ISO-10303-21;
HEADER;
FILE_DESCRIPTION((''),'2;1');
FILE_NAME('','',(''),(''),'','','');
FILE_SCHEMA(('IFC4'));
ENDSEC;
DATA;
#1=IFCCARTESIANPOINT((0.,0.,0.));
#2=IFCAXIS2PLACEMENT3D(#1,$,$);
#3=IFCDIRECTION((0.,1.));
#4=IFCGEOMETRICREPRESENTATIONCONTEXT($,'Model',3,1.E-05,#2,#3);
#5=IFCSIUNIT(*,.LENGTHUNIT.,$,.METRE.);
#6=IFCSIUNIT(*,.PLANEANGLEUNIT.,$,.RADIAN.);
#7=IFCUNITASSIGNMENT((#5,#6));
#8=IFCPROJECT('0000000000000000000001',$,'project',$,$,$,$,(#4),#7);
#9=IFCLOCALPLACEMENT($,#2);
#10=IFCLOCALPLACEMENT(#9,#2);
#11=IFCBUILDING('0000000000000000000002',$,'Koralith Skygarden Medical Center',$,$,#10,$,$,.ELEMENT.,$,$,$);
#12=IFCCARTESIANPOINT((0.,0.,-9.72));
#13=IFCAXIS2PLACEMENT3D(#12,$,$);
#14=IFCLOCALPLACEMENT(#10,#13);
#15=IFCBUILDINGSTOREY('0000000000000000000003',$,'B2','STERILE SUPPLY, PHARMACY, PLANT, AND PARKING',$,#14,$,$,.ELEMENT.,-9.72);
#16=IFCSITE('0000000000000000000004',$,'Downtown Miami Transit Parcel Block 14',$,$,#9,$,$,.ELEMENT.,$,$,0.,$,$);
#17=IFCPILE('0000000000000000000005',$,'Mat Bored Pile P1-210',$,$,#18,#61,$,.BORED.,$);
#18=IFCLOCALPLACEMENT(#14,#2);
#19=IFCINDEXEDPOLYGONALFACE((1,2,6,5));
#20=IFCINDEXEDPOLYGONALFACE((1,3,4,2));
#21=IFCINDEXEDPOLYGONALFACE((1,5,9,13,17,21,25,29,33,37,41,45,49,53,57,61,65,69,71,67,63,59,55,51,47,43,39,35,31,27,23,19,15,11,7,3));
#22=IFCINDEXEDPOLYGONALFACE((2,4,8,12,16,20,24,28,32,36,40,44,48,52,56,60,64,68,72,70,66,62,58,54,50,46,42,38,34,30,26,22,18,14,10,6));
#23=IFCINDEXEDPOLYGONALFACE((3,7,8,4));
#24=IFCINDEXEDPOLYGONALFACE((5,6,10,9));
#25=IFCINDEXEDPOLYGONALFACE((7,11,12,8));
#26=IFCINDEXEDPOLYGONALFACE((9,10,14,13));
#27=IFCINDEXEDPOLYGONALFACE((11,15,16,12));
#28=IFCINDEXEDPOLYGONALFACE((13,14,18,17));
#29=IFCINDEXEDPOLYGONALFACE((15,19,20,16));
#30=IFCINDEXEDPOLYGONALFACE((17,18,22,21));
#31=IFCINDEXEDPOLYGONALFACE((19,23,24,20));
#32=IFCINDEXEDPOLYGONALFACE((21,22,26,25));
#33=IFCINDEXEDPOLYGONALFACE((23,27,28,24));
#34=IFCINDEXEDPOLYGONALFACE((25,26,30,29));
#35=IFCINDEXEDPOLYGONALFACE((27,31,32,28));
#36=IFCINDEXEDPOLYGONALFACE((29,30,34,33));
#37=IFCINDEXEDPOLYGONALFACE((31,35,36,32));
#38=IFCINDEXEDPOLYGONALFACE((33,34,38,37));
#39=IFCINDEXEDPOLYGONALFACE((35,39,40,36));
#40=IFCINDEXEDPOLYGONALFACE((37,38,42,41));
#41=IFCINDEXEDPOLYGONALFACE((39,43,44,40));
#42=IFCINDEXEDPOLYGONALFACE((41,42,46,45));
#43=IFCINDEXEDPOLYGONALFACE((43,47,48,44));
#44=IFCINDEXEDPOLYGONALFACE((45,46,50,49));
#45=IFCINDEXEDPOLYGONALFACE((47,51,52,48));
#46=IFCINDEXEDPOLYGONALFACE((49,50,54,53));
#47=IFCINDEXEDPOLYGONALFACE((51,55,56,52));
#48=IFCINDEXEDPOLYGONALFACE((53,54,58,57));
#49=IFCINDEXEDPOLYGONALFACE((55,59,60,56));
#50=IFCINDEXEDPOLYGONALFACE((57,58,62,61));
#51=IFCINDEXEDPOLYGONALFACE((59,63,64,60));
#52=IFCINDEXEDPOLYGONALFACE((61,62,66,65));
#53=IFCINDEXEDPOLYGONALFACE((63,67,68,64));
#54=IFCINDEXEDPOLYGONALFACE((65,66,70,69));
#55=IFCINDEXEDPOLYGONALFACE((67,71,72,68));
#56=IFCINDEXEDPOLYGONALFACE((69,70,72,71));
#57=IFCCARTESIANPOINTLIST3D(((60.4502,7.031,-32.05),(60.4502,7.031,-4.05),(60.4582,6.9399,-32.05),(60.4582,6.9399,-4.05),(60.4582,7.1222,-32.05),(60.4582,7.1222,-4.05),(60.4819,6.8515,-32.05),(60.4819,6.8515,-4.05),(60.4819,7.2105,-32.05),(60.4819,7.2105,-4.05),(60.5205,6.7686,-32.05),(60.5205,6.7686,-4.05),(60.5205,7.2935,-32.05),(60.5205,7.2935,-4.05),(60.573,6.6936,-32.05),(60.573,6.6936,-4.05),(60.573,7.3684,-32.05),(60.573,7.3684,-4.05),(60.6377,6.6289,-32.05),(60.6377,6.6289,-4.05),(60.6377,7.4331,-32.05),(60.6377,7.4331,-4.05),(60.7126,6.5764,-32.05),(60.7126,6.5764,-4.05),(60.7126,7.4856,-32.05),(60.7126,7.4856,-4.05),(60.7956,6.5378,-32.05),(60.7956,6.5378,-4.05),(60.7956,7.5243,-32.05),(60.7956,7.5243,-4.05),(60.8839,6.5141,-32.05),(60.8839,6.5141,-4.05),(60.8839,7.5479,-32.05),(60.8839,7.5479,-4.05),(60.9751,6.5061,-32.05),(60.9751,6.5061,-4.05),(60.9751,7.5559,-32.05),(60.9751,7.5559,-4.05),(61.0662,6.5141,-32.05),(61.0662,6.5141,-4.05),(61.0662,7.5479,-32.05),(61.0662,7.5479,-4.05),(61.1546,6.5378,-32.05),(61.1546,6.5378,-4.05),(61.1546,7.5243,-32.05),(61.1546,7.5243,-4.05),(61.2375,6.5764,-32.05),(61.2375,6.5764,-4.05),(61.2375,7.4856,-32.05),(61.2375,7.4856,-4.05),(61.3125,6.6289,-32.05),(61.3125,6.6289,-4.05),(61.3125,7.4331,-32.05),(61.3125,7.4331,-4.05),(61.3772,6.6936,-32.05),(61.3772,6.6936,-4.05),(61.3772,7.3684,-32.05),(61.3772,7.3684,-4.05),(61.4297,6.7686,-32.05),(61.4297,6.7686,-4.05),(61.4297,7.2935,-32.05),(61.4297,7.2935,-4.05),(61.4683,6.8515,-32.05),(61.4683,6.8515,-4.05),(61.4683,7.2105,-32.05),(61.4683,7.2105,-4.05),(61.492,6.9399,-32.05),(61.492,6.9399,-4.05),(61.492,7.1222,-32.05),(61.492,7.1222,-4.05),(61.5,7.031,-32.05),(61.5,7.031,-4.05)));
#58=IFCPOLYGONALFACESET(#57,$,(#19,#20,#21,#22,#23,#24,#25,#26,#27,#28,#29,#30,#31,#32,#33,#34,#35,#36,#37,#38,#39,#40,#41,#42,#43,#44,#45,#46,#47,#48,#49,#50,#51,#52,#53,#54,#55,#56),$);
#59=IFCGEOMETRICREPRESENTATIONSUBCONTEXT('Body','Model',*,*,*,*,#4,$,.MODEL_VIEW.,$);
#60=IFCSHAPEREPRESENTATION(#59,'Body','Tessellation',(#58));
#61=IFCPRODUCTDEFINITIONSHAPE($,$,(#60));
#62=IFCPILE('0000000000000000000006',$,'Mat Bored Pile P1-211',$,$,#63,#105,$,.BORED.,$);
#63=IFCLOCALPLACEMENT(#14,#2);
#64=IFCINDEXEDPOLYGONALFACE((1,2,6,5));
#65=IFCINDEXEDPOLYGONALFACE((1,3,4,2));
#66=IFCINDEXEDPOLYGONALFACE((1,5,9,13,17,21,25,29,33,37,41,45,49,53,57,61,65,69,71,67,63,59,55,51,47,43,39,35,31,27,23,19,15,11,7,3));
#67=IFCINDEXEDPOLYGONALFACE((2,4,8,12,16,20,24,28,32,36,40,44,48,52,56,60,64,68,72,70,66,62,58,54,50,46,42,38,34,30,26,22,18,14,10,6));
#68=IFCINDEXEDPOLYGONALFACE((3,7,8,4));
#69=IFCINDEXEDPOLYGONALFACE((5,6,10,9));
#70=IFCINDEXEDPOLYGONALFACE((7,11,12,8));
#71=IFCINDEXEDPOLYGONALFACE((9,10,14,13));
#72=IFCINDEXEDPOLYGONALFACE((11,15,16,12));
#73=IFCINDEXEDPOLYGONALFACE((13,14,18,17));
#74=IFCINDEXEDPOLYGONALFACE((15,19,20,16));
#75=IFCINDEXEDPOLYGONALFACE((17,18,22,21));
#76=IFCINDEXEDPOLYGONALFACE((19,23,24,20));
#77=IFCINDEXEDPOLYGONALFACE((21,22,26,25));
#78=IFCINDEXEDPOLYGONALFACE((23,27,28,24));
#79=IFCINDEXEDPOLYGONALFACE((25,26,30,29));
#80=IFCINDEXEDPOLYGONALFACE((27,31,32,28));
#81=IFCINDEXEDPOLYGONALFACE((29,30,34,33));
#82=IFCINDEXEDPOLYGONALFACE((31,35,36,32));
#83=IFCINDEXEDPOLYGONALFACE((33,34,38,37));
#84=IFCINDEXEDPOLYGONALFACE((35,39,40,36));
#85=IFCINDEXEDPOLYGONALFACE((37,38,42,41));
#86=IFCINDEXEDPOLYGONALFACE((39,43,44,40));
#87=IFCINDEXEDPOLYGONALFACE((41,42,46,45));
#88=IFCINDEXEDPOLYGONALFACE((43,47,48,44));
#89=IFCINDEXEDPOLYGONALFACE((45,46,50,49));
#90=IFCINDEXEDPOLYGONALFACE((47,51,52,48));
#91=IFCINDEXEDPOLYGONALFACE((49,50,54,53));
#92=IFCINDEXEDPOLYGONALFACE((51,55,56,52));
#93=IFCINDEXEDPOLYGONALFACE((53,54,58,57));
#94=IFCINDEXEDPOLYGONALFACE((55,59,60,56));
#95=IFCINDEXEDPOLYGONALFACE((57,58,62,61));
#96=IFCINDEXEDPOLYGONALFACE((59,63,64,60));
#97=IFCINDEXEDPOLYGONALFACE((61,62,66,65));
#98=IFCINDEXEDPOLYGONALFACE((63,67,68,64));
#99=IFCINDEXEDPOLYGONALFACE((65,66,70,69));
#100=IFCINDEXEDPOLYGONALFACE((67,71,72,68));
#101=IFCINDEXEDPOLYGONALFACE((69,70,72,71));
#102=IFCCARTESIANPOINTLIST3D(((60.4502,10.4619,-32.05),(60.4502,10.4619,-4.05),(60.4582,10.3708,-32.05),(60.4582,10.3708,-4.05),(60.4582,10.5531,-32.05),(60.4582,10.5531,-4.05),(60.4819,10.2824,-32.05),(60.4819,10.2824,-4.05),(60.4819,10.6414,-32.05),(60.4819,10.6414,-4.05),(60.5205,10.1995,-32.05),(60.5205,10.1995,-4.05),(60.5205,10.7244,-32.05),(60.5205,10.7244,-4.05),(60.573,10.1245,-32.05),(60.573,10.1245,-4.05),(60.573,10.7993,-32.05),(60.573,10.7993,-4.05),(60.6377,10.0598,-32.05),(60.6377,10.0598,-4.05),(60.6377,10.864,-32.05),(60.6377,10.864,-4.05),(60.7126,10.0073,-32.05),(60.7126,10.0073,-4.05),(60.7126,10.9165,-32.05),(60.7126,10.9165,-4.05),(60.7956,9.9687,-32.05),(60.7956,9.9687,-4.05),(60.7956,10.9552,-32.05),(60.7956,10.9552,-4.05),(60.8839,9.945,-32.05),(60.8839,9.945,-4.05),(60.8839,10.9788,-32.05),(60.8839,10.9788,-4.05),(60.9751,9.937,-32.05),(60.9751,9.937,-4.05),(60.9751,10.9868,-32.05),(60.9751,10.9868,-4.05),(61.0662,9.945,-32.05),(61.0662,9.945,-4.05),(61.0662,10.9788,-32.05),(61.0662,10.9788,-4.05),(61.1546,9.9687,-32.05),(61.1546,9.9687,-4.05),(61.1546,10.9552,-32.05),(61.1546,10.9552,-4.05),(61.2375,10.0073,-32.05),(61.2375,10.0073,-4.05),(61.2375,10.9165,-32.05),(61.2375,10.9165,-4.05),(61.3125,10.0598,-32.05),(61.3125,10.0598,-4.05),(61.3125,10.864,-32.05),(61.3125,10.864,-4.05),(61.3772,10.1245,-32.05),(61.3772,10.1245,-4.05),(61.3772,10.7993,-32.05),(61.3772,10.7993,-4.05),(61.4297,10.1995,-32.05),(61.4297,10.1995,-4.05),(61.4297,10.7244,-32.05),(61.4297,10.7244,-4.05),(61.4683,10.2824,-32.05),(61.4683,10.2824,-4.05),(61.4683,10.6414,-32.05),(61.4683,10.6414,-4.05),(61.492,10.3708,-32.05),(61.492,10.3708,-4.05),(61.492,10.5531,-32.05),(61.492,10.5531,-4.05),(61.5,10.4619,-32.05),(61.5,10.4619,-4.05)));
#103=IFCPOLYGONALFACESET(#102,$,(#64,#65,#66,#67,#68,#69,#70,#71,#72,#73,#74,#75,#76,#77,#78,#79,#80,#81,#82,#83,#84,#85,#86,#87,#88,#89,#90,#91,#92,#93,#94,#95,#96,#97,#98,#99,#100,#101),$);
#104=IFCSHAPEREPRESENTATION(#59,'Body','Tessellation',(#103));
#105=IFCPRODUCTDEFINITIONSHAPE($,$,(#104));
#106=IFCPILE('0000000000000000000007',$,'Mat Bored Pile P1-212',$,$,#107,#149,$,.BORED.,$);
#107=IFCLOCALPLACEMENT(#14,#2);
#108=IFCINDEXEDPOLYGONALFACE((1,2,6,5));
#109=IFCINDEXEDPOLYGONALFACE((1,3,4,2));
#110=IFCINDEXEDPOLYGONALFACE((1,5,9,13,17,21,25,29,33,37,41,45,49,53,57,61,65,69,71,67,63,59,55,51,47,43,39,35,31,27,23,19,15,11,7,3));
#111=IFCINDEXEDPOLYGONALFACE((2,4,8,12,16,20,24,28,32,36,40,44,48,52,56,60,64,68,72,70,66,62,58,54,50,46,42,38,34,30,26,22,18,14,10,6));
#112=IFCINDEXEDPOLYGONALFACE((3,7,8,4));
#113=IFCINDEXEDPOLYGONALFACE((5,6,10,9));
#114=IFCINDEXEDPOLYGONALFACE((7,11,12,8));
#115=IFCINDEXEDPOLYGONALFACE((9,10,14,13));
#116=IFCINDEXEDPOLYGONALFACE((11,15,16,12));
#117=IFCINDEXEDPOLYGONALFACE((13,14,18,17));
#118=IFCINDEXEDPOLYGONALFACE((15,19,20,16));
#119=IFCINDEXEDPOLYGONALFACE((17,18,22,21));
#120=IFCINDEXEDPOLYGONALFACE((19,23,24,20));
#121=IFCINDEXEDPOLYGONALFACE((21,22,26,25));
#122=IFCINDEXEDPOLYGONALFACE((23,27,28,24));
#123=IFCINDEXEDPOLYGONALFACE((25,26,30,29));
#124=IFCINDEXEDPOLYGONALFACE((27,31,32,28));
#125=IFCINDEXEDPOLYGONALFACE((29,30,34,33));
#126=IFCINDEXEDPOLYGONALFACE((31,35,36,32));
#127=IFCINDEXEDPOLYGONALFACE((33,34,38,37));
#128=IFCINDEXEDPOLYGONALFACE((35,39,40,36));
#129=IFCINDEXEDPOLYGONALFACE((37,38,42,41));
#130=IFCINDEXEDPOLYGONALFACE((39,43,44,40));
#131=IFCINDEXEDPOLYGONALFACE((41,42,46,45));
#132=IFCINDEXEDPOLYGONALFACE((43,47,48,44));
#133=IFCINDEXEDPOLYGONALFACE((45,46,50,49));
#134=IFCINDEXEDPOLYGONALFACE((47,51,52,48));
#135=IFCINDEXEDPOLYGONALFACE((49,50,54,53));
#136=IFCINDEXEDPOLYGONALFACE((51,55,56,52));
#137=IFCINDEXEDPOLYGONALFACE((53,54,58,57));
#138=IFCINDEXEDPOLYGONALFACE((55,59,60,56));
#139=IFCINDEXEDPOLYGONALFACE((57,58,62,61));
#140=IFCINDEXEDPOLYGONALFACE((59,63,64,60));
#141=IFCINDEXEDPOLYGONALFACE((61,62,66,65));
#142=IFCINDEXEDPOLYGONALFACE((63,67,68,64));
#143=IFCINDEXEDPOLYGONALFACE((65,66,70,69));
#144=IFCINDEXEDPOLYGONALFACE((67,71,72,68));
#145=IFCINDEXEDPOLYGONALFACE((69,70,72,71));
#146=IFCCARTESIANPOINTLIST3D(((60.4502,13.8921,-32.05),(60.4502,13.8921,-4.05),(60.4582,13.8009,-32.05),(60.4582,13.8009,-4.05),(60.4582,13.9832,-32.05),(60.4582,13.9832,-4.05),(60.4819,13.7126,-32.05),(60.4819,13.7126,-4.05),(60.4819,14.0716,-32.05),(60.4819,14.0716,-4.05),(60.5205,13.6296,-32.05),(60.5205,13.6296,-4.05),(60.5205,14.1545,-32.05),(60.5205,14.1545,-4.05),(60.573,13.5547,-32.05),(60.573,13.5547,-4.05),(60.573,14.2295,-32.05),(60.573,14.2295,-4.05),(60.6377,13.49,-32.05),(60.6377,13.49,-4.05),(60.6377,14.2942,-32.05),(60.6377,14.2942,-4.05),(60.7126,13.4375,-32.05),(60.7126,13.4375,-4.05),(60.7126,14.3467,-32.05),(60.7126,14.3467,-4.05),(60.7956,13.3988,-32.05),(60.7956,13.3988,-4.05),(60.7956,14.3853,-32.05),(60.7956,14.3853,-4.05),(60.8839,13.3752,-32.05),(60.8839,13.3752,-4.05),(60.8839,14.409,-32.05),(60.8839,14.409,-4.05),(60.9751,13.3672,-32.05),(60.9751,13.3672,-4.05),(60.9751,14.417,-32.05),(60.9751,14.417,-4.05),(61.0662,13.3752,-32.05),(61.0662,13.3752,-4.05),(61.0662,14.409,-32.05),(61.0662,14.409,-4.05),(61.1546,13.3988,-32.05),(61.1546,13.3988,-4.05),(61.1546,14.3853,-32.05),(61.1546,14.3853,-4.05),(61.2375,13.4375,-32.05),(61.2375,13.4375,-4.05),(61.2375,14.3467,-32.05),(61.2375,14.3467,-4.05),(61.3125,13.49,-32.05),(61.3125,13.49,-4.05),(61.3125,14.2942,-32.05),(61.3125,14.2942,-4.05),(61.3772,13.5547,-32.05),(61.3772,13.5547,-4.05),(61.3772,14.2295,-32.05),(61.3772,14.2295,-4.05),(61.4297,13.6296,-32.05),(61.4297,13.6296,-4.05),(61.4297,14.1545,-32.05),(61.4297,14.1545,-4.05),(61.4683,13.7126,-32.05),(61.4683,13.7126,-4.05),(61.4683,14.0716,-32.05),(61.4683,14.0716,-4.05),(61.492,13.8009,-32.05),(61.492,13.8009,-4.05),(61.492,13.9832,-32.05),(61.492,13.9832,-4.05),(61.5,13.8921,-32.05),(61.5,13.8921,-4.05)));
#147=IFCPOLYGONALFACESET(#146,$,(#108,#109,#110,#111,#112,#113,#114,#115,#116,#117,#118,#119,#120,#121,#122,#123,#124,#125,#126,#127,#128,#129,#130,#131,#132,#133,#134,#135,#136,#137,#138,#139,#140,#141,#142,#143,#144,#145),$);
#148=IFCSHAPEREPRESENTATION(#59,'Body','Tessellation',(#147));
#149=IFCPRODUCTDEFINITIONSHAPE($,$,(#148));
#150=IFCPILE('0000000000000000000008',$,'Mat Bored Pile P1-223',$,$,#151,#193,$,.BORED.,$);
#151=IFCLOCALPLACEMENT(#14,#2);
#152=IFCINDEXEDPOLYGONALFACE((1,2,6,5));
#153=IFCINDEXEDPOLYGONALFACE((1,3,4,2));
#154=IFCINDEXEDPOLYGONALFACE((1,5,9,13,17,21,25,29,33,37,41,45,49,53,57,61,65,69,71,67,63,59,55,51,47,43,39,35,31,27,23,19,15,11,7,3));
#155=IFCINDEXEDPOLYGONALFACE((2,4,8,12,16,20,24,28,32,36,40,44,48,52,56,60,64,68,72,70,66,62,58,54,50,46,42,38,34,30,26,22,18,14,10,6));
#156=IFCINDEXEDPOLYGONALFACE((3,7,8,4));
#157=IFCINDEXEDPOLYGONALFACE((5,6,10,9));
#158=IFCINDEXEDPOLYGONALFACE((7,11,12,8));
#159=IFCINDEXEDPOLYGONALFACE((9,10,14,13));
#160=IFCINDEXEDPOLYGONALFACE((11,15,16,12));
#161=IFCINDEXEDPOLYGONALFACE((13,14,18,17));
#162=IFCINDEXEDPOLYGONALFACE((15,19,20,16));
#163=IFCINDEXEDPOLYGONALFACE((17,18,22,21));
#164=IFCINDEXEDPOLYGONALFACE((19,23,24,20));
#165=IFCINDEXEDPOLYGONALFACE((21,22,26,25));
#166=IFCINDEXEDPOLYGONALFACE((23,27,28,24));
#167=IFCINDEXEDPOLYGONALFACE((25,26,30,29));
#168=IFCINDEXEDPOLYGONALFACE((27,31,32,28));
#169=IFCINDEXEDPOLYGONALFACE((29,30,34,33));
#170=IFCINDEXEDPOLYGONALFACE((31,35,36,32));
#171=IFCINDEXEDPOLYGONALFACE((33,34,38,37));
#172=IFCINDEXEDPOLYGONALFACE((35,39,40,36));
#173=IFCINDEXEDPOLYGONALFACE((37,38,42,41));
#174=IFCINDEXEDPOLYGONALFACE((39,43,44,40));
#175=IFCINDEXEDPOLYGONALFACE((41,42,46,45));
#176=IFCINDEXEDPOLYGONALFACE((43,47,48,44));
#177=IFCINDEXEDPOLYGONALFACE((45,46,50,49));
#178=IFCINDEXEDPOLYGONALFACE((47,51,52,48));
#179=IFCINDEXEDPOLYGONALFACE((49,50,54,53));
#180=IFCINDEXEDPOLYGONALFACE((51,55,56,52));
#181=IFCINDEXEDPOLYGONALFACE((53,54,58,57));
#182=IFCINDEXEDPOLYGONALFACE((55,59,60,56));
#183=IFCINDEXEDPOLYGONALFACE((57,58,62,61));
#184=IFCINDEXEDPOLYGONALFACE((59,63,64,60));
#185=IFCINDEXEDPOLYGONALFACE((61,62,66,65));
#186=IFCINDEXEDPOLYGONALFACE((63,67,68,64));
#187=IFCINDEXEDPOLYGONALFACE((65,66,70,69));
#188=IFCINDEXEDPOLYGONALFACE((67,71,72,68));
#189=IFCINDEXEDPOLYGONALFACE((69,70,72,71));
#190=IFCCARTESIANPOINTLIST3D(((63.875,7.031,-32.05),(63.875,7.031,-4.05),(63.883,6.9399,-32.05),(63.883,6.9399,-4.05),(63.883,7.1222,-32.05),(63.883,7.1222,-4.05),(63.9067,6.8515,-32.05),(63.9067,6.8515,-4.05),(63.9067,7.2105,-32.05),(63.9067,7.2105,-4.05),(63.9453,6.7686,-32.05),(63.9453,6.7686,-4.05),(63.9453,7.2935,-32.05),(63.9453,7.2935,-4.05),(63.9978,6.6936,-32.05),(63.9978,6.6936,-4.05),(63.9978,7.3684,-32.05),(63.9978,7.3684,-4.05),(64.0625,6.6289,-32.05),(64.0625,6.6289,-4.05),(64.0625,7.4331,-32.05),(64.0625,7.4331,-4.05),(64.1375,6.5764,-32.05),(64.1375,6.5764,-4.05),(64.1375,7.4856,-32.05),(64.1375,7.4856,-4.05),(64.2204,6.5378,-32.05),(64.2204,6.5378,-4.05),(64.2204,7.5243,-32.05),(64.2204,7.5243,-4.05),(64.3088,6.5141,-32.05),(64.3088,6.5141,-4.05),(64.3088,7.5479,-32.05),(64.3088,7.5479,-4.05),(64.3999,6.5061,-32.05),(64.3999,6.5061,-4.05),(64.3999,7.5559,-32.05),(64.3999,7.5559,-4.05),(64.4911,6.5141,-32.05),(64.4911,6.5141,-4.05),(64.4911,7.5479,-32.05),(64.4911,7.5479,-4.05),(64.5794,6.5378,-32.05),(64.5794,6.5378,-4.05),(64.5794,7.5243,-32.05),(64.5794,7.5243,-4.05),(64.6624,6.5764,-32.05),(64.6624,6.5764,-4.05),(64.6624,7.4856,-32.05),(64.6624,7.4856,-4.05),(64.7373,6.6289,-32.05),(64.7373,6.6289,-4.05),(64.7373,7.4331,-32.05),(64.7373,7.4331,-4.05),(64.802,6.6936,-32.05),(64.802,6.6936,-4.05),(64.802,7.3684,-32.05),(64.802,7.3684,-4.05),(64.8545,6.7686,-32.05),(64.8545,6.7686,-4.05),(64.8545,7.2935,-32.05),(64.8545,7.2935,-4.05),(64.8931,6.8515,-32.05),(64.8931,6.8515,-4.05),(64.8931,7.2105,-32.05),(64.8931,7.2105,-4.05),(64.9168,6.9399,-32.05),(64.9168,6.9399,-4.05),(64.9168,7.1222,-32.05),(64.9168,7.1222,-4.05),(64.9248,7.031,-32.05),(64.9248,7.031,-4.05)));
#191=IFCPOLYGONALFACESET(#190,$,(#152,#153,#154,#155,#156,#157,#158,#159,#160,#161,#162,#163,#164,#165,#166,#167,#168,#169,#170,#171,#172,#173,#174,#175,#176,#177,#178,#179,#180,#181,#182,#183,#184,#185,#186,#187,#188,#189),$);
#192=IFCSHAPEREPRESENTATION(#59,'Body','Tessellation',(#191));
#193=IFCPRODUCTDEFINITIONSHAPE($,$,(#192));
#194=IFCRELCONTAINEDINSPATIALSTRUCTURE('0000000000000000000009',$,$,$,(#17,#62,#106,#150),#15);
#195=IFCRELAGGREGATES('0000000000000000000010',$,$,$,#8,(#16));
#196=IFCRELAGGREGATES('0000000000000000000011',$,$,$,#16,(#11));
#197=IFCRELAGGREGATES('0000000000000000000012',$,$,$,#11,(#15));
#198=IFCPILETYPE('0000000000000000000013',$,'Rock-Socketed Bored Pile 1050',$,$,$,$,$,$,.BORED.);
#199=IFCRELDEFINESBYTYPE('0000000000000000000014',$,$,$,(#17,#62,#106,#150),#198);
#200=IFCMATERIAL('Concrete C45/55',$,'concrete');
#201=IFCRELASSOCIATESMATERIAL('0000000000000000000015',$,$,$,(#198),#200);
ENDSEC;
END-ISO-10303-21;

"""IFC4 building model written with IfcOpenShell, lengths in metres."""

from ifc_helpers import new_model, si_unit, direction, frame, origin, origin_2d, place, context, subcontext, project, spatial, circle, extrude, material, material_profile, profile_set, type_object, element, save


model = new_model("IFC4")

# Units and contexts
model_context = context("Model", 3, precision=1e-05, world=origin(), true_north=direction((0.0, 1.0)))
body_context = subcontext(model_context, "Body", "Model", "MODEL_VIEW")
ifc_project = project(units=[si_unit("LENGTHUNIT", "METRE"), si_unit("PLANEANGLEUNIT", "RADIAN")], contexts=[model_context])

# Site, building, storey
site_placement = place(None, origin())
site = spatial("IfcSite", under=ifc_project, at=site_placement, Name="Downtown Miami Transit Parcel Block 14", CompositionType="ELEMENT", RefElevation=0.0)
building_placement = place(site_placement, origin())
building = spatial("IfcBuilding", under=site, at=building_placement, Name="Koralith Skygarden Medical Center", CompositionType="ELEMENT")
storey_placement = place(building_placement, frame((0.0, 0.0, -9.72)))
storey = spatial("IfcBuildingStorey", under=building, at=storey_placement, Name="B2", Description="STERILE SUPPLY, PHARMACY, PLANT, AND PARKING", CompositionType="ELEMENT", Elevation=-9.72)

# Piles
ifc_material_1 = material(Name="Concrete C45/55", Category="concrete")
ifc_material_profile_1 = material_profile(ifc_material_1, circle(Radius=0.5249, at=origin_2d()), Name="PILE1050")
ifc_profile_set_1 = profile_set([ifc_material_profile_1], Name="Concrete C45/55")
pile_type = type_object("IfcPileType", Name="Rock-Socketed Bored Pile 1050", PredefinedType="BORED", material=ifc_profile_set_1)
for number, where, z_axis, x_axis, name in (
    (1, (60.9751, 7.031, -4.05), (0.0, 0.0, -1.0), (1.0, 0.0, 0.0), "Mat Bored Pile P1-210"),
    (2, (60.9751, 10.4619, -4.05), (0.0, 0.0, -1.0), (1.0, 0.0, 0.0), "Mat Bored Pile P1-211"),
    (3, (60.9751, 13.8921, -4.05), (0.0, 0.0, -1.0), (1.0, 0.0, 0.0), "Mat Bored Pile P1-212"),
    (4, (64.3999, 7.031, -4.05), (0.0, 0.0, -1.0), (1.0, 0.0, 0.0), "Mat Bored Pile P1-223"),
):
    element("IfcPile", number, at=place(storey_placement, frame(where, z_axis=z_axis, x_axis=x_axis)), inside=storey, type_object=pile_type, Name=name, PredefinedType="BORED", context=body_context, shape_type="SweptSolid", body=[
        extrude(circle(Radius=0.5249, at=origin_2d()), origin(), (0.0, 0.0, 1.0), 28.0),
    ])

save(model, "model.ifc")
